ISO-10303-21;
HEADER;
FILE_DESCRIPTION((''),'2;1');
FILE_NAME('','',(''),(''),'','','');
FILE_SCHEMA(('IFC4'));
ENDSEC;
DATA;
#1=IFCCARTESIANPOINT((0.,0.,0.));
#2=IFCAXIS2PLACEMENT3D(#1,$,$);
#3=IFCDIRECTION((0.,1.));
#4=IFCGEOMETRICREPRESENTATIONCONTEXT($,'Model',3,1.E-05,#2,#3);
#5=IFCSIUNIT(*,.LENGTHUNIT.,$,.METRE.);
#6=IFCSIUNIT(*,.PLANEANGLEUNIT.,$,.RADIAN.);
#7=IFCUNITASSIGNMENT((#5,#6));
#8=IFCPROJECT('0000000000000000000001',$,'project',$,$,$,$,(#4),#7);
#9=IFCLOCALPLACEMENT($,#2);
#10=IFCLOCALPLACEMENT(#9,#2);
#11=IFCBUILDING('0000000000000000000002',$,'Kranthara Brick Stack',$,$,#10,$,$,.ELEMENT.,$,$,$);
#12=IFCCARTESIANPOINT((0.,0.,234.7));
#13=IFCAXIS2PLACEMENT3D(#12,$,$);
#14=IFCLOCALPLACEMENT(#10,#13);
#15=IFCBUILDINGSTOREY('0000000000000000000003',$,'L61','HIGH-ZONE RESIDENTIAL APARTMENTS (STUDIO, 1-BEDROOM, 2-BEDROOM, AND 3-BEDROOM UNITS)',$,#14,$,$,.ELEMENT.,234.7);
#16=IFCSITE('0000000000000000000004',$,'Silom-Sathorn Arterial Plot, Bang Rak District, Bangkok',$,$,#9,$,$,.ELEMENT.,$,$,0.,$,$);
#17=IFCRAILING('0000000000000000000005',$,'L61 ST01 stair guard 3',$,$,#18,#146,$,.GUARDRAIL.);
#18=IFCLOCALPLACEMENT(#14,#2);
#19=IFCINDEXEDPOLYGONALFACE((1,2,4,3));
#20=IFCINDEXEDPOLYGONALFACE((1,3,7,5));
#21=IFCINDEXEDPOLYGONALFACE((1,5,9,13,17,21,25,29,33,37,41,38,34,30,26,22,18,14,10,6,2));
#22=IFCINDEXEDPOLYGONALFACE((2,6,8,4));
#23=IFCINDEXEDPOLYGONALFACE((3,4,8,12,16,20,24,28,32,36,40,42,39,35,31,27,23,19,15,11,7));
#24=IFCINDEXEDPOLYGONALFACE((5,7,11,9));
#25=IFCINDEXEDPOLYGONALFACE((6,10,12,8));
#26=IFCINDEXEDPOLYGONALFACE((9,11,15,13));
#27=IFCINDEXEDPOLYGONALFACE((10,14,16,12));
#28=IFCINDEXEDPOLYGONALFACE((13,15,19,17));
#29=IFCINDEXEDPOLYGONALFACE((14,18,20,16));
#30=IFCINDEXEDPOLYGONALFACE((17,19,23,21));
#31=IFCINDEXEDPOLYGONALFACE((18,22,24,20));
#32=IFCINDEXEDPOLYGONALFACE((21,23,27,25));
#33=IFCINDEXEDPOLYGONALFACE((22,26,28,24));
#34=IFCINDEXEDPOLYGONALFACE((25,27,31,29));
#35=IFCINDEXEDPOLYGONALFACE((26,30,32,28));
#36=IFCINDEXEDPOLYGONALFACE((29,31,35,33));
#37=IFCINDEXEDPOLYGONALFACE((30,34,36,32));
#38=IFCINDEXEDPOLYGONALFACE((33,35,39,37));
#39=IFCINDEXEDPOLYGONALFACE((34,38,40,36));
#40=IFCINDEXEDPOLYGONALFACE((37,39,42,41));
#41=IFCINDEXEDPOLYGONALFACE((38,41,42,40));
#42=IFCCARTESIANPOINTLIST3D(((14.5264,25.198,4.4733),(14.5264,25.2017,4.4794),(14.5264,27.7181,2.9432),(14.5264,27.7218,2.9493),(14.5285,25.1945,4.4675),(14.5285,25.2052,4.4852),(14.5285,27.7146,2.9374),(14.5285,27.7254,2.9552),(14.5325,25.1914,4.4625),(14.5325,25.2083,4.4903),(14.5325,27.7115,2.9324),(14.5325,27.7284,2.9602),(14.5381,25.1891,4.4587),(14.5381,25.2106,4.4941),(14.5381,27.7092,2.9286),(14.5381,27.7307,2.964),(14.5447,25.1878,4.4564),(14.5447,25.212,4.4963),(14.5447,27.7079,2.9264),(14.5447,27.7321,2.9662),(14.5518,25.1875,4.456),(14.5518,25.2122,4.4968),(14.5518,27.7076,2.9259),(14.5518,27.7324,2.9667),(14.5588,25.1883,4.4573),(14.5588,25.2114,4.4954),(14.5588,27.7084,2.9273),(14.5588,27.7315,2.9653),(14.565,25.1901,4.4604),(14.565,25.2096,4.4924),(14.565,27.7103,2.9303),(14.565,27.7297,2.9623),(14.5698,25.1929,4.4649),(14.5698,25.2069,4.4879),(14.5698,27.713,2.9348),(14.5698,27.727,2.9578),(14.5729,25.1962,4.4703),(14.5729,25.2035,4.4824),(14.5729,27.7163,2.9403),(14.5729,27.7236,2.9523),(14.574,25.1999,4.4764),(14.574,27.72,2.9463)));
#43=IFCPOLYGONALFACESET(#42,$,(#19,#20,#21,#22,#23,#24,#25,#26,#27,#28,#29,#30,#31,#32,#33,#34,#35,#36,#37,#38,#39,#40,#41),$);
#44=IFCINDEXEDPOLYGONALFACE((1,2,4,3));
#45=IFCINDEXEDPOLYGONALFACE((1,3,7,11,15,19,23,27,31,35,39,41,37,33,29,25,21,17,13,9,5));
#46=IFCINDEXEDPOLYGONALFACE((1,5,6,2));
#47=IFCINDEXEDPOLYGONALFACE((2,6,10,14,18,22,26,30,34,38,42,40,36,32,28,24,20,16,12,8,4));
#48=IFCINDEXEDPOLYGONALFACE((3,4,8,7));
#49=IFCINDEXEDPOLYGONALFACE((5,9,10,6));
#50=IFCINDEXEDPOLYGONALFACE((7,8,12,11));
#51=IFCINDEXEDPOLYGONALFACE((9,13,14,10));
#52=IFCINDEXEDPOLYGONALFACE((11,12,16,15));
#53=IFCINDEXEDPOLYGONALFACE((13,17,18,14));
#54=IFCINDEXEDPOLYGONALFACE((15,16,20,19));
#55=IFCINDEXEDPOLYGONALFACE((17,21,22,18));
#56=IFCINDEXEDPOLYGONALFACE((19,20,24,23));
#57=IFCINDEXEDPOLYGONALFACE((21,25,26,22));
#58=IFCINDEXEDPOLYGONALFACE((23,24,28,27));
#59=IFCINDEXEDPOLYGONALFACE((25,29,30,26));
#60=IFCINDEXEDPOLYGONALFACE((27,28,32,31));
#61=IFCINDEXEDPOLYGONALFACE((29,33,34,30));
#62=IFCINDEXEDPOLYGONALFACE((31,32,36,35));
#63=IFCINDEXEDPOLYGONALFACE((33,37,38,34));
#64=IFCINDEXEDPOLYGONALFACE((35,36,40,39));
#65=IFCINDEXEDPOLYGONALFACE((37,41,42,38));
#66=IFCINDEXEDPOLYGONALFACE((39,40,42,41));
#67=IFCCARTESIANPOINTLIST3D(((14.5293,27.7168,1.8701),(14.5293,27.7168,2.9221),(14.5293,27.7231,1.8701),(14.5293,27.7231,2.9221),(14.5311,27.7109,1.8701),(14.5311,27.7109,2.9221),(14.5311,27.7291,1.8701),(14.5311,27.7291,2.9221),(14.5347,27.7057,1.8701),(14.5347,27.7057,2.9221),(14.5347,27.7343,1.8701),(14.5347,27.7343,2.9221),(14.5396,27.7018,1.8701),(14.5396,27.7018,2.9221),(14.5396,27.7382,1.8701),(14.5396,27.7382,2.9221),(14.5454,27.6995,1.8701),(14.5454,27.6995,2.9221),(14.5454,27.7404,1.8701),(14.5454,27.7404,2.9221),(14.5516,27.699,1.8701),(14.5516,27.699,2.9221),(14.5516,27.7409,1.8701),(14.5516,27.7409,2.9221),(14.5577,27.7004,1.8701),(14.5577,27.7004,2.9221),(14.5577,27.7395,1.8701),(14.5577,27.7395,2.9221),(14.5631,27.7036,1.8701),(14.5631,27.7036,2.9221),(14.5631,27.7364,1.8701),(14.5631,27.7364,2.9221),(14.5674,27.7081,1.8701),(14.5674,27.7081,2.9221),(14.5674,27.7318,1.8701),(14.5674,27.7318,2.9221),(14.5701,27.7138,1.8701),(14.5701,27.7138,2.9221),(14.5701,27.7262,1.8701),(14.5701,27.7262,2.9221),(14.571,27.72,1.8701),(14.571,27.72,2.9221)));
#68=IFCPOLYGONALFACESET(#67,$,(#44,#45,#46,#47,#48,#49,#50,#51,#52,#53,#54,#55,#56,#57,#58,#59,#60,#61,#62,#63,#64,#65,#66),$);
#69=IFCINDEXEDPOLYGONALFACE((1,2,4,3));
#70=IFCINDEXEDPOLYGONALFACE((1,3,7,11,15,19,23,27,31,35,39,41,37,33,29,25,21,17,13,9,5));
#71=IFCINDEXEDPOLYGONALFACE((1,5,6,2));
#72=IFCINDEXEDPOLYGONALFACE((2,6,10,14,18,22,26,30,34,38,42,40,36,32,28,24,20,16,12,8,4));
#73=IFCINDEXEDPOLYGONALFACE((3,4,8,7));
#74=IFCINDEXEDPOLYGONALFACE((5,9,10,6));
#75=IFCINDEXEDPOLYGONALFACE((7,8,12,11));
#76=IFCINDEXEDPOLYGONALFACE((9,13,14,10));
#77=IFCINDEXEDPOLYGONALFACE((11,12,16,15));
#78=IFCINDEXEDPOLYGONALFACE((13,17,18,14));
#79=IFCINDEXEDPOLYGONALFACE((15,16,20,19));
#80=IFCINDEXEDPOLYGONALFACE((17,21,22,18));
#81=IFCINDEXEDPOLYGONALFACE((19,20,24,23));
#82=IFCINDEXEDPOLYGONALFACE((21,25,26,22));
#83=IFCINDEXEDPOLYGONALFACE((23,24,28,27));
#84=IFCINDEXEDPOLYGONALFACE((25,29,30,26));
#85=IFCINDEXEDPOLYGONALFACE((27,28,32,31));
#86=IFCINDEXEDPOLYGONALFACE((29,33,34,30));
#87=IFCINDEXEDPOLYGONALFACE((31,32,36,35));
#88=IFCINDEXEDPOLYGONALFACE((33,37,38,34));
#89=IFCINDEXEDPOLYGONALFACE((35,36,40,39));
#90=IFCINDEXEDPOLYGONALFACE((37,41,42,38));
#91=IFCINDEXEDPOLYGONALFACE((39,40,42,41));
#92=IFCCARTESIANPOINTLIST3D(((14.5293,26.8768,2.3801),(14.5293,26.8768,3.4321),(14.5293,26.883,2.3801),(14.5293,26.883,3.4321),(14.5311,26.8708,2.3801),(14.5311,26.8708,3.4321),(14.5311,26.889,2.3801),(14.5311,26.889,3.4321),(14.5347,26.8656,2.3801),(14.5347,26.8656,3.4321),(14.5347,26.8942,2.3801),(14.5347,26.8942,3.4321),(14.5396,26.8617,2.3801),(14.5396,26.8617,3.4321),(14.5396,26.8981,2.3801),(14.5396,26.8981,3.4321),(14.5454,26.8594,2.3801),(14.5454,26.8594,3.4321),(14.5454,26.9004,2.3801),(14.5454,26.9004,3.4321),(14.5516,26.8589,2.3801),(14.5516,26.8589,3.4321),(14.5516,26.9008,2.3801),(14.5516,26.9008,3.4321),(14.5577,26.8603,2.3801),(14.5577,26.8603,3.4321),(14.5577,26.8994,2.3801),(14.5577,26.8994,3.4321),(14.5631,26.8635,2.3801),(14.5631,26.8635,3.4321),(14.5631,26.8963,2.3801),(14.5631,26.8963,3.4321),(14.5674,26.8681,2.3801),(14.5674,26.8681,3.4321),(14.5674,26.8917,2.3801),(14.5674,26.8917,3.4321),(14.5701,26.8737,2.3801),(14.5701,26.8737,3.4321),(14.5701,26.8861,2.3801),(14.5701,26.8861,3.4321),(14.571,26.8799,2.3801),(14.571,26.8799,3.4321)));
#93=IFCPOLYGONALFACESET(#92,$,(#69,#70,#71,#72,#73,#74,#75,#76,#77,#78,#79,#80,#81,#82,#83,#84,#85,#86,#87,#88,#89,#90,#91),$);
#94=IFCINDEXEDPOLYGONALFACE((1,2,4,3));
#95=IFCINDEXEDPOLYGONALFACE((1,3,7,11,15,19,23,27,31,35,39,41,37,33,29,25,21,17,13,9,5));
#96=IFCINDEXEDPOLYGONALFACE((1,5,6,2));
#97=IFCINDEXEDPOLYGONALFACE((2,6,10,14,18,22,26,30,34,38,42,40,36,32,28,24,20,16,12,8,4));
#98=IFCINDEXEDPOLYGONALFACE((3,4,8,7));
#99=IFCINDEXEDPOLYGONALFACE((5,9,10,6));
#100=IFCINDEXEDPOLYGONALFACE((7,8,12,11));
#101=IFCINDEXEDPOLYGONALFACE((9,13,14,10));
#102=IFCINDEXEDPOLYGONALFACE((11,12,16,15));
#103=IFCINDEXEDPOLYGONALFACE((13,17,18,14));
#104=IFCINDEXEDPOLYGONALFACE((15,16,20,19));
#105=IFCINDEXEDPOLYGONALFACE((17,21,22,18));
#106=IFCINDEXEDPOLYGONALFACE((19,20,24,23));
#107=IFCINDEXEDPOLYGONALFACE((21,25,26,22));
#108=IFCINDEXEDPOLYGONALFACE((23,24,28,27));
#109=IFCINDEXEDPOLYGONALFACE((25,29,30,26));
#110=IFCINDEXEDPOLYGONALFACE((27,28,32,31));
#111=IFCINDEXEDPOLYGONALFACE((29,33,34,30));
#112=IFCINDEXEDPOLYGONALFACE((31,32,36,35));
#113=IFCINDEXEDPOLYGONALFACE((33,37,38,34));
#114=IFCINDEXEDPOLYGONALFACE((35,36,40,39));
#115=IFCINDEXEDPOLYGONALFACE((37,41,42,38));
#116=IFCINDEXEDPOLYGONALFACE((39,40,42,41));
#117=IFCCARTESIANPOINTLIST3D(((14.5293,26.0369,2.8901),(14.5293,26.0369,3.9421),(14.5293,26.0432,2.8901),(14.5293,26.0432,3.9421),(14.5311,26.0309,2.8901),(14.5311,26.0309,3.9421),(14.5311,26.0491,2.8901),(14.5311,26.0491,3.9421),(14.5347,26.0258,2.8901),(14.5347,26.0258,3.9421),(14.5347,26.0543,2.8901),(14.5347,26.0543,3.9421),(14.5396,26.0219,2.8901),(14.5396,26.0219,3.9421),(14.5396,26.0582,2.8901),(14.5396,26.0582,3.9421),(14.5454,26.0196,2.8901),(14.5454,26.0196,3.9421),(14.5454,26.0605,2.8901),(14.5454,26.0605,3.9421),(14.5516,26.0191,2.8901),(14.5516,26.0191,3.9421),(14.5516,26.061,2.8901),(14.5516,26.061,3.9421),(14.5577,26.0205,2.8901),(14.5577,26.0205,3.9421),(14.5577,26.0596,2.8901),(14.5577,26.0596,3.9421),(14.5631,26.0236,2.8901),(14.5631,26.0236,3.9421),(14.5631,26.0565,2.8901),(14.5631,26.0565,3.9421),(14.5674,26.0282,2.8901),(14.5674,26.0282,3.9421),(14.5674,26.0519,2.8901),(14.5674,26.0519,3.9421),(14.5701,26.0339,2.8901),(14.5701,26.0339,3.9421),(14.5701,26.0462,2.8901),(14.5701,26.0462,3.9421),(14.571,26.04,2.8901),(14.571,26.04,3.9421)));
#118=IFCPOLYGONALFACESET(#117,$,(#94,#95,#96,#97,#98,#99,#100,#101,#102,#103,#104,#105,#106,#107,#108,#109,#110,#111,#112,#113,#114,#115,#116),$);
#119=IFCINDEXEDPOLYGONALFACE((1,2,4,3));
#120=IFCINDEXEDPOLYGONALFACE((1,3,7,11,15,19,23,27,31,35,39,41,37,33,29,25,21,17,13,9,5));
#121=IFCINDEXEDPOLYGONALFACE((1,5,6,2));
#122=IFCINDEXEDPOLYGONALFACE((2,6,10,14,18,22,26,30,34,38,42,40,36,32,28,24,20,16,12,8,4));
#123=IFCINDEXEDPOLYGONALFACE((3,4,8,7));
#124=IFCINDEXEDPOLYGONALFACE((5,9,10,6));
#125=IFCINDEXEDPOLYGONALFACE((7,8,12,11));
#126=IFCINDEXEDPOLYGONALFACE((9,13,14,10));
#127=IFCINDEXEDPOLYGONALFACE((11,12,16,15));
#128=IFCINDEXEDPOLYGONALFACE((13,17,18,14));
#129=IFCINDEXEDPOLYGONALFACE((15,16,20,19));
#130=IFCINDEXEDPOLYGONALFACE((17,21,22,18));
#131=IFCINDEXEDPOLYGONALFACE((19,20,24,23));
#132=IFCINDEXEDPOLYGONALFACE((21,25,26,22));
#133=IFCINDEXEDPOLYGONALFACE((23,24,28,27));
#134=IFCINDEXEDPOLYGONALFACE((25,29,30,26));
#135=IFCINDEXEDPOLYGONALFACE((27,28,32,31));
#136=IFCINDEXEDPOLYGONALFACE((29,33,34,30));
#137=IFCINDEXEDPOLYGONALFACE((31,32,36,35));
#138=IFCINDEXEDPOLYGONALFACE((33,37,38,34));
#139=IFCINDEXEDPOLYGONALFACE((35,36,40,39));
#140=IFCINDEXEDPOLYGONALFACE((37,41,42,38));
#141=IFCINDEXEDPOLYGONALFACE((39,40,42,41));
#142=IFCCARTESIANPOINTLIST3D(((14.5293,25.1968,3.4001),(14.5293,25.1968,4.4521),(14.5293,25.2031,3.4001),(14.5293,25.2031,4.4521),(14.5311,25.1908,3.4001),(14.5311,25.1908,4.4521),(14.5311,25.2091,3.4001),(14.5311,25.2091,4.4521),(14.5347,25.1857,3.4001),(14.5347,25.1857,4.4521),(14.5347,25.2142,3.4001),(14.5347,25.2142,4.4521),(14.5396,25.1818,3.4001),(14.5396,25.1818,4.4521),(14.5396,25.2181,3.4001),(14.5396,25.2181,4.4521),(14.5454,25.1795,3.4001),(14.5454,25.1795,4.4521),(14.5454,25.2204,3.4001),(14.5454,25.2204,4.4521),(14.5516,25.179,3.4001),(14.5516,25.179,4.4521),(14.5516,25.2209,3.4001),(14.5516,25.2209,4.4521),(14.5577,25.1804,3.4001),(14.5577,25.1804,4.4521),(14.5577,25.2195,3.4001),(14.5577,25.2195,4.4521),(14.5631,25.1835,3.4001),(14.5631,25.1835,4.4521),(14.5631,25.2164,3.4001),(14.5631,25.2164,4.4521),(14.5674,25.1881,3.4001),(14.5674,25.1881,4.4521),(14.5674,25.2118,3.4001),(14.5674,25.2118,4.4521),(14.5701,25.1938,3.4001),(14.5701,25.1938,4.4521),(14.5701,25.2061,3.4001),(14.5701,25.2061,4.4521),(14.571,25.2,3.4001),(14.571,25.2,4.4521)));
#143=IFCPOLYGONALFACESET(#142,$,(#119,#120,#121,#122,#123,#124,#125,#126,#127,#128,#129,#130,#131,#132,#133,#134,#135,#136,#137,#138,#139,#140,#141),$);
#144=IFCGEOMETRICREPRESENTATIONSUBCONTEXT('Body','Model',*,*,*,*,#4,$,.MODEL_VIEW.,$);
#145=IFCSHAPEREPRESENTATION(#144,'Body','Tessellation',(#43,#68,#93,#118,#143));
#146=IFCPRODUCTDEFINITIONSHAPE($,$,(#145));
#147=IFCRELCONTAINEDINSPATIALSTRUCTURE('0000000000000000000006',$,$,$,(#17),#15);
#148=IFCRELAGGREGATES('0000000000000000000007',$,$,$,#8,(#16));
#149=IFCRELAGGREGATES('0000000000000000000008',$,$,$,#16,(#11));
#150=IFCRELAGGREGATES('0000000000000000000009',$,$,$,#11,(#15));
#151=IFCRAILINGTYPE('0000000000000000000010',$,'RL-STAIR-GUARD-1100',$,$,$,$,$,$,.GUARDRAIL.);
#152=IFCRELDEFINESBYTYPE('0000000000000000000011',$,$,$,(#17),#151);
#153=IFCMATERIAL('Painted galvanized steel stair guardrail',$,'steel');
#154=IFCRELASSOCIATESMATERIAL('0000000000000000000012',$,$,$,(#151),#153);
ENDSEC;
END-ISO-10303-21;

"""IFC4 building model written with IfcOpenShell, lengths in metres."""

from ifc_helpers import new_model, si_unit, direction, frame, origin, origin_2d, place, context, subcontext, project, spatial, circle, extrude, material, type_object, element, save


model = new_model("IFC4")

# Units and contexts
model_context = context("Model", 3, precision=1e-05, world=origin(), true_north=direction((0.0, 1.0)))
body_context = subcontext(model_context, "Body", "Model", "MODEL_VIEW")
ifc_project = project(units=[si_unit("LENGTHUNIT", "METRE"), si_unit("PLANEANGLEUNIT", "RADIAN")], contexts=[model_context])

# Site, building, storey
site_placement = place(None, origin())
site = spatial("IfcSite", under=ifc_project, at=site_placement, Name="Silom-Sathorn Arterial Plot, Bang Rak District, Bangkok", CompositionType="ELEMENT", RefElevation=0.0)
building_placement = place(site_placement, origin())
building = spatial("IfcBuilding", under=site, at=building_placement, Name="Kranthara Brick Stack", CompositionType="ELEMENT")
storey_placement = place(building_placement, frame((0.0, 0.0, 234.7)))
storey = spatial("IfcBuildingStorey", under=building, at=storey_placement, Name="L61", Description="HIGH-ZONE RESIDENTIAL APARTMENTS (STUDIO, 1-BEDROOM, 2-BEDROOM, AND 3-BEDROOM UNITS)", CompositionType="ELEMENT", Elevation=234.7)

# Railing
ifc_material_1 = material(Name="Painted galvanized steel stair guardrail", Category="steel")
railing_type_1 = type_object("IfcRailingType", Name="RL-STAIR-GUARD-1100", PredefinedType="GUARDRAIL", material=ifc_material_1)
railing_1_placement = place(storey_placement, frame((14.55, 27.72, 1.8701)))
element("IfcRailing", 1, at=railing_1_placement, inside=storey, type_object=railing_type_1, Name="L61 ST01 stair guard 3", PredefinedType="GUARDRAIL", context=body_context, shape_type="SweptSolid", body=[
    extrude(circle(Radius=0.0239, at=origin_2d()), frame((0.0, 0.0, 1.0762), z_axis=(0.0, -0.854785, 0.518982), x_axis=(1.0, 0.0, 0.0)), (0.0, 0.0, 1.0), 2.9482),
    extrude(circle(Radius=0.021, at=origin_2d()), origin(), (0.0, 0.0, 1.0), 1.052),
    extrude(circle(Radius=0.021, at=origin_2d()), frame((0.0, -0.8401, 0.51)), (0.0, 0.0, 1.0), 1.052),
    extrude(circle(Radius=0.021, at=origin_2d()), frame((0.0, -1.6799, 1.02)), (0.0, 0.0, 1.0), 1.052),
    extrude(circle(Radius=0.021, at=origin_2d()), frame((0.0, -2.52, 1.53)), (0.0, 0.0, 1.0), 1.052),
])

save(model, "model.ifc")
